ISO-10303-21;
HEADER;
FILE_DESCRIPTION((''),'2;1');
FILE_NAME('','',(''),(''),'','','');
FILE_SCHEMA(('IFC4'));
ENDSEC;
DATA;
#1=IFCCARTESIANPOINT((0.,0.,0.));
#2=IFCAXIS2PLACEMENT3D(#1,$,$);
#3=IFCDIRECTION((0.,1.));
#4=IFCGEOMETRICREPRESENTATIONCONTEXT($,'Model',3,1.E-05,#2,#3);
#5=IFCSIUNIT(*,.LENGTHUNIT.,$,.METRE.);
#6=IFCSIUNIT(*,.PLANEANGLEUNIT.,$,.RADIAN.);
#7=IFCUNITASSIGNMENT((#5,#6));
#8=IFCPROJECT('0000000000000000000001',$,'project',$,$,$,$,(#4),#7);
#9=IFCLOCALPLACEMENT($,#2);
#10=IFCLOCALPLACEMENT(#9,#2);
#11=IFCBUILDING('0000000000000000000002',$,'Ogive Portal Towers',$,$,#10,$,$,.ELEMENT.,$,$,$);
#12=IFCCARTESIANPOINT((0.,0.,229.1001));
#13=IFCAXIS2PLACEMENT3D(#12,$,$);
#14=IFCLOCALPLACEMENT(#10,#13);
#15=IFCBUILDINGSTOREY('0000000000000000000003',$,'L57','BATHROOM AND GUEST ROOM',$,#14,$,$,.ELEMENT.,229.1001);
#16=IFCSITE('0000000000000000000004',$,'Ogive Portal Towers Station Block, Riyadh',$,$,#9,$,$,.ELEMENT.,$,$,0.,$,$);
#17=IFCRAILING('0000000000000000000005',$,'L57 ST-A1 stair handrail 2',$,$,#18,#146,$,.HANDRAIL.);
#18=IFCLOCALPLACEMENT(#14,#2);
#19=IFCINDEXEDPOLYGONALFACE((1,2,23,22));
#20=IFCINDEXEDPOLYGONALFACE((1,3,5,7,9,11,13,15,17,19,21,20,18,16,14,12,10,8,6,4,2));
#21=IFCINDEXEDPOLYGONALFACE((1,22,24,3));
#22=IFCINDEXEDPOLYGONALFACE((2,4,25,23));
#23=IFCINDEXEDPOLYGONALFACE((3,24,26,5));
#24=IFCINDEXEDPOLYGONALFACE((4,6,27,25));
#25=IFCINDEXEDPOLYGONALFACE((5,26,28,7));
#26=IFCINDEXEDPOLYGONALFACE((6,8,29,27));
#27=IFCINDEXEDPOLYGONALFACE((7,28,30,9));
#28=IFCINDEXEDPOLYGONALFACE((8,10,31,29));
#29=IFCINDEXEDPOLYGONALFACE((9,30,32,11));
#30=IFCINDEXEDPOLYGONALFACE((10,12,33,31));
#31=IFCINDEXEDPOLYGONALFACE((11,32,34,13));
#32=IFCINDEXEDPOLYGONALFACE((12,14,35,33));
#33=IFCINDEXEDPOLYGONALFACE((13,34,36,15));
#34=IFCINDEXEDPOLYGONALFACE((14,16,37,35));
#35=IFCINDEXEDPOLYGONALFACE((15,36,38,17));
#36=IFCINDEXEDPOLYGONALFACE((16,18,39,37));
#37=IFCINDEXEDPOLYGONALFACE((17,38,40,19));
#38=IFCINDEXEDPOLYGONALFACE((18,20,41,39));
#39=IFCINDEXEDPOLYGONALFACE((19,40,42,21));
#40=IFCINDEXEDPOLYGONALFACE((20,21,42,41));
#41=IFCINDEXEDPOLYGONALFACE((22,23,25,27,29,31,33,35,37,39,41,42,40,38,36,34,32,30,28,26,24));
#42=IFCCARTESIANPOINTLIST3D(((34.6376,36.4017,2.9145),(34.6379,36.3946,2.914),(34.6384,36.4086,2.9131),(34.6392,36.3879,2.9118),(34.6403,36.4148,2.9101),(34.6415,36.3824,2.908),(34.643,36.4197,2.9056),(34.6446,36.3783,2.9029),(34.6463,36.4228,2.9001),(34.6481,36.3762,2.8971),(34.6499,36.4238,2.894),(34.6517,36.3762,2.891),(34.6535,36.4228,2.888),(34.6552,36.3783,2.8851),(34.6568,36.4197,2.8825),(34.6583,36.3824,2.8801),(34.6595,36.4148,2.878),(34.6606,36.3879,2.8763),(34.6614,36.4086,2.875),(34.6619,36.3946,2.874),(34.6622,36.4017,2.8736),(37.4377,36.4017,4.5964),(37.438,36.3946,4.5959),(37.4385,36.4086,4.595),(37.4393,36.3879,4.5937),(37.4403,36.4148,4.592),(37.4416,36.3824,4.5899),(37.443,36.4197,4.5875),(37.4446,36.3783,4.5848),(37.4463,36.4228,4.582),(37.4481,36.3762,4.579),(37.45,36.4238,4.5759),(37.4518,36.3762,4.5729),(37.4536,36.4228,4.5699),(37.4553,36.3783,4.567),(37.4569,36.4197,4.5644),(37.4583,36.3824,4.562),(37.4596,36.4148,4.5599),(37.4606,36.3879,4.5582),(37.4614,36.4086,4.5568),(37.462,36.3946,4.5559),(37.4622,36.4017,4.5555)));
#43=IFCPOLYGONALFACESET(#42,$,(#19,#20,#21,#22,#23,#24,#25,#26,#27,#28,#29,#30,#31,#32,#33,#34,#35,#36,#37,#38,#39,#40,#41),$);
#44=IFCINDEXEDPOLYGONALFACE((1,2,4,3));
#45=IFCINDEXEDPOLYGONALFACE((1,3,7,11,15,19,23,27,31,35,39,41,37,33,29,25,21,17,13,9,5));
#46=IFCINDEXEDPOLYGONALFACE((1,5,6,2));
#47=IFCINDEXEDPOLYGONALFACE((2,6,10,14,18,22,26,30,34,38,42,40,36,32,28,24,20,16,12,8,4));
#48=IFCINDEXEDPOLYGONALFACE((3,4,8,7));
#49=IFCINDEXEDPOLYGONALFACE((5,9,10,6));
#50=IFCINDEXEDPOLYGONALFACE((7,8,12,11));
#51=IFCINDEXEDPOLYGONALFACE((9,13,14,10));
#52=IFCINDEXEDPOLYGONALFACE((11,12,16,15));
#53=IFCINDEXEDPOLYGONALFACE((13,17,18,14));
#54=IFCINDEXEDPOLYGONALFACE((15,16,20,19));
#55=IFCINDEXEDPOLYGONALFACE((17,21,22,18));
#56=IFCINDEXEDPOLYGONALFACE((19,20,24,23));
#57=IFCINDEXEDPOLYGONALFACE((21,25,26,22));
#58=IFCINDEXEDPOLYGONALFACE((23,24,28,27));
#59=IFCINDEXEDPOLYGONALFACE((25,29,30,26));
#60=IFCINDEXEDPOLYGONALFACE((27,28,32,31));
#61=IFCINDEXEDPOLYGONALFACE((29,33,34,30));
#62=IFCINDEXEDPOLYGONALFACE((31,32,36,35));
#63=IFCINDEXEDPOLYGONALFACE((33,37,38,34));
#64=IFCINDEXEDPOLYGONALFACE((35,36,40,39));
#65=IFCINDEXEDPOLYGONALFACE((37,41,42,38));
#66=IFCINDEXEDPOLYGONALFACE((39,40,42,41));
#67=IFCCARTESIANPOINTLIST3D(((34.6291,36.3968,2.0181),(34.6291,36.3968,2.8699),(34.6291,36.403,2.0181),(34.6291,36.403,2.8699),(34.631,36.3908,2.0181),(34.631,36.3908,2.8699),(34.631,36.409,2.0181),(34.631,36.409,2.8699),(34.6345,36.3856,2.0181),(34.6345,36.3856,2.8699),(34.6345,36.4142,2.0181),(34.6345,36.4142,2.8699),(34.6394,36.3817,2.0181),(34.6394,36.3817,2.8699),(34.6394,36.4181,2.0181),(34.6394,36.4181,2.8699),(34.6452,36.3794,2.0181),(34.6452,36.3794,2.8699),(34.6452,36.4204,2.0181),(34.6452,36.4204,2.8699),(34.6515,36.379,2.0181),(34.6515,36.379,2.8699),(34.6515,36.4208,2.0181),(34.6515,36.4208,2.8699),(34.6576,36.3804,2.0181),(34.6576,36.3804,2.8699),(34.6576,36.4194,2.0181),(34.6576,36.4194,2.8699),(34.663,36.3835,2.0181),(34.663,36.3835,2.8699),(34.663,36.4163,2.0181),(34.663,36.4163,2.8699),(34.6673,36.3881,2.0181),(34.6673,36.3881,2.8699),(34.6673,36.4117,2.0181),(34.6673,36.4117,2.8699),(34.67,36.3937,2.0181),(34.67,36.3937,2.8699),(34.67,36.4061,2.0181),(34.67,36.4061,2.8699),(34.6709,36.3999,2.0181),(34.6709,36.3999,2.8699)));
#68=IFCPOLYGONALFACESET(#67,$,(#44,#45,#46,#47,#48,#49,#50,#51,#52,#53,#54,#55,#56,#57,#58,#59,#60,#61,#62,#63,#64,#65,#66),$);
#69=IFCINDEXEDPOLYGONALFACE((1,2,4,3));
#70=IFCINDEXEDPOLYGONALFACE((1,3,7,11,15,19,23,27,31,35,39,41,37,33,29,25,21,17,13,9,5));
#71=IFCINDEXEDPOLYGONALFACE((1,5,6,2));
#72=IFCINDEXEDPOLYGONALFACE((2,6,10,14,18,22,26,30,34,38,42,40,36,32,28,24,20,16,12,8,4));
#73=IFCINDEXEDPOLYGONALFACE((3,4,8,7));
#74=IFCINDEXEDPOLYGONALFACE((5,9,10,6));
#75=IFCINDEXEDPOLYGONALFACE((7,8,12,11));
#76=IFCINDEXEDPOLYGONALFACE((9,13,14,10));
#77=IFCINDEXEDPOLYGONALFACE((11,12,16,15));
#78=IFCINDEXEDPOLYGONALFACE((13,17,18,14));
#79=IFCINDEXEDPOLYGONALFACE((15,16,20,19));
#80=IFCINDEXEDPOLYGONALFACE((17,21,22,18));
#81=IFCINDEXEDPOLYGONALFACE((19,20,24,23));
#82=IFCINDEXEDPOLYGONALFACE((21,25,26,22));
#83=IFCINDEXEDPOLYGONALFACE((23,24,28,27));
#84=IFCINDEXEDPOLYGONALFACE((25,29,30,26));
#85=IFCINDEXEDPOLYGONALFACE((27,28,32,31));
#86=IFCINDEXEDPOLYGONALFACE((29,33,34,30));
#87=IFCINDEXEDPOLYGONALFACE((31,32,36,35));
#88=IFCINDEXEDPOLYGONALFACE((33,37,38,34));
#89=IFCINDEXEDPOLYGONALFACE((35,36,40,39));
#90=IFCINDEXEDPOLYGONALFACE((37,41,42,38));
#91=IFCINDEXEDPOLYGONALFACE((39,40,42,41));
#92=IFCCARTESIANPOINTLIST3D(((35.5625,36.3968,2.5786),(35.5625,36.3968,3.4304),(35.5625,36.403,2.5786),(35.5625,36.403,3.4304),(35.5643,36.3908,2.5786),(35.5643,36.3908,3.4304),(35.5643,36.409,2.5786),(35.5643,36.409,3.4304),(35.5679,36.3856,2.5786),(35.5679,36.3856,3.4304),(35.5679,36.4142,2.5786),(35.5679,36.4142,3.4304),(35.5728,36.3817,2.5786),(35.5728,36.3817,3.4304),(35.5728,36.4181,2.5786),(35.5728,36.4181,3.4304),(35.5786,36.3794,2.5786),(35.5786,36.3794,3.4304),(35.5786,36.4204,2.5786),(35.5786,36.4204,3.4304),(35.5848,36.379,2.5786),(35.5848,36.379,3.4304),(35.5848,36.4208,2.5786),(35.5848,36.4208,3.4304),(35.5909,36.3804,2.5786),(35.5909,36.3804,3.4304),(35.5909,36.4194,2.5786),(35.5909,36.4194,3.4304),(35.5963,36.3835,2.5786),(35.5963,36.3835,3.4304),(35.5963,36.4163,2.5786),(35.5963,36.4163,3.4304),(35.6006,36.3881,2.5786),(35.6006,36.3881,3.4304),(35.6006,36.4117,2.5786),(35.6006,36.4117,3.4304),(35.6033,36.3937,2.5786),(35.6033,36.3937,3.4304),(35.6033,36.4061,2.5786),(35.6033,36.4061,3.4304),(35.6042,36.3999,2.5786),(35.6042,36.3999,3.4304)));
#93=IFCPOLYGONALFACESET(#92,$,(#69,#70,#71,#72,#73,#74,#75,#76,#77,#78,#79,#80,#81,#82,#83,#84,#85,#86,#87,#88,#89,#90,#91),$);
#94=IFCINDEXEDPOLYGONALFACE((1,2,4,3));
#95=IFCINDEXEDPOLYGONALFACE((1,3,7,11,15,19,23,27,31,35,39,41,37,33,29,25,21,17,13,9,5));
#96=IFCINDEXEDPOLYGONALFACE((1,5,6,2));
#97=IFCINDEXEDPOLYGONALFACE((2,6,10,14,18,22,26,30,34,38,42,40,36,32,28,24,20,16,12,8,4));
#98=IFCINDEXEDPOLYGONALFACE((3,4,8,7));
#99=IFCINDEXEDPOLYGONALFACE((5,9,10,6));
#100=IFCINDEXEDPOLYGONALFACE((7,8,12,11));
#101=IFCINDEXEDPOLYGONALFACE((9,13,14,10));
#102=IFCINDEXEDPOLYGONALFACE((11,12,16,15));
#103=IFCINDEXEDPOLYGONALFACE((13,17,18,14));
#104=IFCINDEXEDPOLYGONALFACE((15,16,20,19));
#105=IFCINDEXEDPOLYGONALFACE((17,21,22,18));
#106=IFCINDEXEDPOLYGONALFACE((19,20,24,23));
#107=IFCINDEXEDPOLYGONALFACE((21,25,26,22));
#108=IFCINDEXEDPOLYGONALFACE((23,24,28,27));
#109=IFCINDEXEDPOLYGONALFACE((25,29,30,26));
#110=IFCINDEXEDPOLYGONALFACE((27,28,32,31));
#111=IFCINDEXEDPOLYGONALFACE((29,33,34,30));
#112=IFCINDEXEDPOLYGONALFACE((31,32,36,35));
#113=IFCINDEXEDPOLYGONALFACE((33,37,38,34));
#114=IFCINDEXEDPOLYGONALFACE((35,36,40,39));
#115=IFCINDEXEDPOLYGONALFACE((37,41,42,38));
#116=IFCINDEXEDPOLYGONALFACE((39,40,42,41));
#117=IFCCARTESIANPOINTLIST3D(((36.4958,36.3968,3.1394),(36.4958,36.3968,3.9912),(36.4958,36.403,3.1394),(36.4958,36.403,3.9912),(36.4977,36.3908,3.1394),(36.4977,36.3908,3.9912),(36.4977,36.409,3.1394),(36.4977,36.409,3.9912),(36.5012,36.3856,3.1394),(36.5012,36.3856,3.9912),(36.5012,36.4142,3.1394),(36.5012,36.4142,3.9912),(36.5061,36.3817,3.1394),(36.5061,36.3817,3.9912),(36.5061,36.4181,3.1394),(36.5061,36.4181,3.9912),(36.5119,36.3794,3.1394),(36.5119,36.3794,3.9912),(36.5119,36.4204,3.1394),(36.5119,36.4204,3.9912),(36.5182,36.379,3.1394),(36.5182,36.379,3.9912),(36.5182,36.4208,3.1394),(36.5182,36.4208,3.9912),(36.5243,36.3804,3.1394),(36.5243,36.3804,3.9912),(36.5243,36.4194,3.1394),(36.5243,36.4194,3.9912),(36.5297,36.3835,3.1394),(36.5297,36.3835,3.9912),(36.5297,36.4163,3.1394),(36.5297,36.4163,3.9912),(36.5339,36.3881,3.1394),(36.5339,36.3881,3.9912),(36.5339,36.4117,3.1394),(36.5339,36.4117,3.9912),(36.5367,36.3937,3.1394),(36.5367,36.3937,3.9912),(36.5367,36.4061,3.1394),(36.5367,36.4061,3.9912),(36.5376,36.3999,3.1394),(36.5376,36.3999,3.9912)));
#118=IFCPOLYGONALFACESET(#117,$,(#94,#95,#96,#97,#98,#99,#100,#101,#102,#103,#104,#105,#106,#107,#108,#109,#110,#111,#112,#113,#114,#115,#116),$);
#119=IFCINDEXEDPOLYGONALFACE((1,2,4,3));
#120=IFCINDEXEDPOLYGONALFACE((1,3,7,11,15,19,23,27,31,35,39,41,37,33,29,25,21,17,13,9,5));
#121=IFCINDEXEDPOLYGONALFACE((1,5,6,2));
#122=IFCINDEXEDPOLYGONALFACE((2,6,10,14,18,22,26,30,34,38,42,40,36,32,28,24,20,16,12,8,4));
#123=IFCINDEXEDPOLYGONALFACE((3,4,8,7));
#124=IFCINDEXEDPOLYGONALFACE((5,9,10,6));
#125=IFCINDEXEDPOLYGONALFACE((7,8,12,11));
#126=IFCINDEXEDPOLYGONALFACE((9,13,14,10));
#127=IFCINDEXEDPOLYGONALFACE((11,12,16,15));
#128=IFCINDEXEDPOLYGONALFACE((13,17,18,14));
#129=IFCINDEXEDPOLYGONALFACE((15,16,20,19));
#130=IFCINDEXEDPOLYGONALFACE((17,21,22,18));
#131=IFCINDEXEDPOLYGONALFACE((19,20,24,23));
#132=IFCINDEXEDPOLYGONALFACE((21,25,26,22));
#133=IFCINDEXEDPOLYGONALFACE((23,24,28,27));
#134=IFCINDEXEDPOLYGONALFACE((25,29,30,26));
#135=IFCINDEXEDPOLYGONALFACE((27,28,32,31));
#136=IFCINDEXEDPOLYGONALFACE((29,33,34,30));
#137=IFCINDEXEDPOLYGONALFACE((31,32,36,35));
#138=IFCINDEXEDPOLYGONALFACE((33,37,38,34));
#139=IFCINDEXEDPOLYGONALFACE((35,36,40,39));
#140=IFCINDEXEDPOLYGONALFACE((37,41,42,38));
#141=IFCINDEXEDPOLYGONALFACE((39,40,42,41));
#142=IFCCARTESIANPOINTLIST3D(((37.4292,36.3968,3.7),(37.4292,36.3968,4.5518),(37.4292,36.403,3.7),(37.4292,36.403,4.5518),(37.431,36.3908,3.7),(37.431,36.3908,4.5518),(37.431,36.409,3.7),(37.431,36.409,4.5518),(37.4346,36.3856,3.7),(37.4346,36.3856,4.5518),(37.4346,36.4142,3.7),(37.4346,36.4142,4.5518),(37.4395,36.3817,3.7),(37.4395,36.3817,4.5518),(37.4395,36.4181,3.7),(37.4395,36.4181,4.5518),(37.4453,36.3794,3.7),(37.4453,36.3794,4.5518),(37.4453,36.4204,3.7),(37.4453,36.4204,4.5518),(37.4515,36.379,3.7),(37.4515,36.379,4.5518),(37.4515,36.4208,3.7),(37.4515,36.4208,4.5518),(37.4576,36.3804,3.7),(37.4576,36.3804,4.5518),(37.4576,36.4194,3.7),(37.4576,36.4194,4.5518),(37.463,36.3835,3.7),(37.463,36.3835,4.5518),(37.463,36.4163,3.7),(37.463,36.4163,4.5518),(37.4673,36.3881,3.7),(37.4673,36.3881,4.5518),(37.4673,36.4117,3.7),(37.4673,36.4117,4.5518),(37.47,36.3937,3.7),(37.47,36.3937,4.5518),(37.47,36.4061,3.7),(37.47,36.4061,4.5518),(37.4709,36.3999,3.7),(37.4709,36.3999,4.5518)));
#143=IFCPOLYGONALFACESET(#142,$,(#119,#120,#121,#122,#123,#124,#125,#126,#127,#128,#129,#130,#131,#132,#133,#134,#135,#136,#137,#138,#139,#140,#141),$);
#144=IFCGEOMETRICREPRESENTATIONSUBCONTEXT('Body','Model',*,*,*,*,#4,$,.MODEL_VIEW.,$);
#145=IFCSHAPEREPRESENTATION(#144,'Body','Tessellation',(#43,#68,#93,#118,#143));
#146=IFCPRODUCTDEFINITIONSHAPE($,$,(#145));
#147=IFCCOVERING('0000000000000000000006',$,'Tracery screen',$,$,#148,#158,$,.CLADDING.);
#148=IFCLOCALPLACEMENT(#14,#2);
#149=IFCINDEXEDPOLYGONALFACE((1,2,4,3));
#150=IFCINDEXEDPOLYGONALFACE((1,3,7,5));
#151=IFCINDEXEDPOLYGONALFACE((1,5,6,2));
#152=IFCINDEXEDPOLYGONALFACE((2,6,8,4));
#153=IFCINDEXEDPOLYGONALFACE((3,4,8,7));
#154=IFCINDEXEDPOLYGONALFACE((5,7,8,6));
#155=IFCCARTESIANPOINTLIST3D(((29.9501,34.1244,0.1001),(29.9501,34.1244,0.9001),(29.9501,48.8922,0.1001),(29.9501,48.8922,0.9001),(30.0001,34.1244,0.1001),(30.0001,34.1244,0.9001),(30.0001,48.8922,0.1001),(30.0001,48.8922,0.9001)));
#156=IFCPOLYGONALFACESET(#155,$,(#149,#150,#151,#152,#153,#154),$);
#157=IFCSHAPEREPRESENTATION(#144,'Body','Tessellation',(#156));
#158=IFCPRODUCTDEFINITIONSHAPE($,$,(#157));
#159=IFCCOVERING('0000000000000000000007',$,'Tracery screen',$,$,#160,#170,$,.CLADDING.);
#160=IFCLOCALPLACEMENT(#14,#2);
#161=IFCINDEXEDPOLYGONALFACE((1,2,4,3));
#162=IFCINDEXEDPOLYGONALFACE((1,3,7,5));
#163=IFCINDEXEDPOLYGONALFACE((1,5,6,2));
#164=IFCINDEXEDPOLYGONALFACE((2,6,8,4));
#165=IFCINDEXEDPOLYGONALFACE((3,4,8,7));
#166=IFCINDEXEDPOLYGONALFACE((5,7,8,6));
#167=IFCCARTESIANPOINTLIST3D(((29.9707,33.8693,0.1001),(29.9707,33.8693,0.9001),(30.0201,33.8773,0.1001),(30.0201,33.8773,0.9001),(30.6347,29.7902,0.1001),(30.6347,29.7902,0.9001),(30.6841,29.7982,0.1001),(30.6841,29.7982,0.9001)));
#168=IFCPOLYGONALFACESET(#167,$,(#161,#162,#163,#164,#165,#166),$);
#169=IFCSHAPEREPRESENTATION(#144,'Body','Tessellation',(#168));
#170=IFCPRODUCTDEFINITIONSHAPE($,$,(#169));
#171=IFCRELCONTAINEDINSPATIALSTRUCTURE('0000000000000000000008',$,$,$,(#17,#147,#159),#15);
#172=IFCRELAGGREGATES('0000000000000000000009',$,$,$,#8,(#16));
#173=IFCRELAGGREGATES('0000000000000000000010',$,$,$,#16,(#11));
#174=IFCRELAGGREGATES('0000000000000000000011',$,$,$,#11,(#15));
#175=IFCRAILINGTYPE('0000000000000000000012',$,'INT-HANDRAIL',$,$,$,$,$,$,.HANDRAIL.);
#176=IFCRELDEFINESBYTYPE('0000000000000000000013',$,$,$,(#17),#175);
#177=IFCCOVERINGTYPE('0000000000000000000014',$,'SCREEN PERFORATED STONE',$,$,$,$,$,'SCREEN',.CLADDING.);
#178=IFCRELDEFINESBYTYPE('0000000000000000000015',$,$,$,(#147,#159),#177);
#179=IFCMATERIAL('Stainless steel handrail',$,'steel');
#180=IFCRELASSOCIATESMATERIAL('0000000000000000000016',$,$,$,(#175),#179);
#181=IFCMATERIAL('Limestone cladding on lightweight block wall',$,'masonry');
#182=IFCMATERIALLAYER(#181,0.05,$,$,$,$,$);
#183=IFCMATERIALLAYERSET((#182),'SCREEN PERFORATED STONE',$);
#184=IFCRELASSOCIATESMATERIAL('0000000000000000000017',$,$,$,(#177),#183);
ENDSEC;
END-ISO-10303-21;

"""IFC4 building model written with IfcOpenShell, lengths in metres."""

from ifc_helpers import new_model, si_unit, direction, frame, origin, origin_2d, place, context, subcontext, project, spatial, rectangle, circle, extrude, material, layer, layer_set, type_object, element, save


model = new_model("IFC4")

# Units and contexts
model_context = context("Model", 3, precision=1e-05, world=origin(), true_north=direction((0.0, 1.0)))
body_context = subcontext(model_context, "Body", "Model", "MODEL_VIEW")
ifc_project = project(units=[si_unit("LENGTHUNIT", "METRE"), si_unit("PLANEANGLEUNIT", "RADIAN")], contexts=[model_context])

# Site, building, storey
site_placement = place(None, origin())
site = spatial("IfcSite", under=ifc_project, at=site_placement, Name="Ogive Portal Towers Station Block, Riyadh", CompositionType="ELEMENT", RefElevation=0.0)
building_placement = place(site_placement, origin())
building = spatial("IfcBuilding", under=site, at=building_placement, Name="Ogive Portal Towers", CompositionType="ELEMENT")
storey_placement = place(building_placement, frame((0.0, 0.0, 229.1001)))
storey = spatial("IfcBuildingStorey", under=building, at=storey_placement, Name="L57", Description="BATHROOM AND GUEST ROOM", CompositionType="ELEMENT", Elevation=229.1001)

# Shared definitions
ifc_material_1 = material(Name="Limestone cladding on lightweight block wall", Category="masonry")

# Railing
ifc_material_2 = material(Name="Stainless steel handrail", Category="steel")
railing_type_1 = type_object("IfcRailingType", Name="INT-HANDRAIL", PredefinedType="HANDRAIL", material=ifc_material_2)
railing_1_placement = place(storey_placement, frame((34.6499, 36.3999, 2.0181)))
element("IfcRailing", 1, at=railing_1_placement, inside=storey, type_object=railing_type_1, Name="L57 ST-A1 stair handrail 2", PredefinedType="HANDRAIL", context=body_context, shape_type="SweptSolid", body=[
    extrude(circle(Radius=0.0239, at=origin_2d()), frame((0.0, 0.0, 0.876), z_axis=(0.857242, 0.0, 0.514913), x_axis=(0.0, 1.0, 0.0)), (0.0, 0.0, 1.0), 3.2664),
    extrude(circle(Radius=0.021, at=origin_2d()), origin(), (0.0, 0.0, 1.0), 0.8518),
    extrude(circle(Radius=0.021, at=origin_2d()), frame((0.9333, 0.0, 0.5605)), (0.0, 0.0, 1.0), 0.8518),
    extrude(circle(Radius=0.021, at=origin_2d()), frame((1.8667, 0.0, 1.1213)), (0.0, 0.0, 1.0), 0.8518),
    extrude(circle(Radius=0.021, at=origin_2d()), frame((2.8, 0.0, 1.6819)), (0.0, 0.0, 1.0), 0.8518),
])

# Coverings
ifc_layer_1 = layer(ifc_material_1, 0.05)
ifc_layer_set_1 = layer_set([ifc_layer_1], Name="SCREEN PERFORATED STONE")
covering_type = type_object("IfcCoveringType", Name="SCREEN PERFORATED STONE", ElementType="SCREEN", PredefinedType="CLADDING", material=ifc_layer_set_1)
covering_1_placement = place(storey_placement, frame((29.9751, 41.5083, 0.1001), z_axis=(0.0, 0.0, 1.0), x_axis=(0.0, -1.0, 0.0)))
element("IfcCovering", 2, at=covering_1_placement, inside=storey, type_object=covering_type, Name="Tracery screen", PredefinedType="CLADDING", context=body_context, shape_type="SweptSolid", body=[
    extrude(rectangle(XDim=14.7678, YDim=0.05, at=origin_2d()), origin(), (0.0, 0.0, 1.0), 0.8),
])
covering_2_placement = place(storey_placement, frame((30.3274, 31.8337, 0.1001), z_axis=(0.0, 0.0, 1.0), x_axis=(0.160655, -0.987011, 0.0)))
element("IfcCovering", 3, at=covering_2_placement, inside=storey, type_object=covering_type, Name="Tracery screen", PredefinedType="CLADDING", context=body_context, shape_type="SweptSolid", body=[
    extrude(rectangle(XDim=4.1328, YDim=0.05, at=origin_2d()), origin(), (0.0, 0.0, 1.0), 0.8),
])

save(model, "model.ifc")
